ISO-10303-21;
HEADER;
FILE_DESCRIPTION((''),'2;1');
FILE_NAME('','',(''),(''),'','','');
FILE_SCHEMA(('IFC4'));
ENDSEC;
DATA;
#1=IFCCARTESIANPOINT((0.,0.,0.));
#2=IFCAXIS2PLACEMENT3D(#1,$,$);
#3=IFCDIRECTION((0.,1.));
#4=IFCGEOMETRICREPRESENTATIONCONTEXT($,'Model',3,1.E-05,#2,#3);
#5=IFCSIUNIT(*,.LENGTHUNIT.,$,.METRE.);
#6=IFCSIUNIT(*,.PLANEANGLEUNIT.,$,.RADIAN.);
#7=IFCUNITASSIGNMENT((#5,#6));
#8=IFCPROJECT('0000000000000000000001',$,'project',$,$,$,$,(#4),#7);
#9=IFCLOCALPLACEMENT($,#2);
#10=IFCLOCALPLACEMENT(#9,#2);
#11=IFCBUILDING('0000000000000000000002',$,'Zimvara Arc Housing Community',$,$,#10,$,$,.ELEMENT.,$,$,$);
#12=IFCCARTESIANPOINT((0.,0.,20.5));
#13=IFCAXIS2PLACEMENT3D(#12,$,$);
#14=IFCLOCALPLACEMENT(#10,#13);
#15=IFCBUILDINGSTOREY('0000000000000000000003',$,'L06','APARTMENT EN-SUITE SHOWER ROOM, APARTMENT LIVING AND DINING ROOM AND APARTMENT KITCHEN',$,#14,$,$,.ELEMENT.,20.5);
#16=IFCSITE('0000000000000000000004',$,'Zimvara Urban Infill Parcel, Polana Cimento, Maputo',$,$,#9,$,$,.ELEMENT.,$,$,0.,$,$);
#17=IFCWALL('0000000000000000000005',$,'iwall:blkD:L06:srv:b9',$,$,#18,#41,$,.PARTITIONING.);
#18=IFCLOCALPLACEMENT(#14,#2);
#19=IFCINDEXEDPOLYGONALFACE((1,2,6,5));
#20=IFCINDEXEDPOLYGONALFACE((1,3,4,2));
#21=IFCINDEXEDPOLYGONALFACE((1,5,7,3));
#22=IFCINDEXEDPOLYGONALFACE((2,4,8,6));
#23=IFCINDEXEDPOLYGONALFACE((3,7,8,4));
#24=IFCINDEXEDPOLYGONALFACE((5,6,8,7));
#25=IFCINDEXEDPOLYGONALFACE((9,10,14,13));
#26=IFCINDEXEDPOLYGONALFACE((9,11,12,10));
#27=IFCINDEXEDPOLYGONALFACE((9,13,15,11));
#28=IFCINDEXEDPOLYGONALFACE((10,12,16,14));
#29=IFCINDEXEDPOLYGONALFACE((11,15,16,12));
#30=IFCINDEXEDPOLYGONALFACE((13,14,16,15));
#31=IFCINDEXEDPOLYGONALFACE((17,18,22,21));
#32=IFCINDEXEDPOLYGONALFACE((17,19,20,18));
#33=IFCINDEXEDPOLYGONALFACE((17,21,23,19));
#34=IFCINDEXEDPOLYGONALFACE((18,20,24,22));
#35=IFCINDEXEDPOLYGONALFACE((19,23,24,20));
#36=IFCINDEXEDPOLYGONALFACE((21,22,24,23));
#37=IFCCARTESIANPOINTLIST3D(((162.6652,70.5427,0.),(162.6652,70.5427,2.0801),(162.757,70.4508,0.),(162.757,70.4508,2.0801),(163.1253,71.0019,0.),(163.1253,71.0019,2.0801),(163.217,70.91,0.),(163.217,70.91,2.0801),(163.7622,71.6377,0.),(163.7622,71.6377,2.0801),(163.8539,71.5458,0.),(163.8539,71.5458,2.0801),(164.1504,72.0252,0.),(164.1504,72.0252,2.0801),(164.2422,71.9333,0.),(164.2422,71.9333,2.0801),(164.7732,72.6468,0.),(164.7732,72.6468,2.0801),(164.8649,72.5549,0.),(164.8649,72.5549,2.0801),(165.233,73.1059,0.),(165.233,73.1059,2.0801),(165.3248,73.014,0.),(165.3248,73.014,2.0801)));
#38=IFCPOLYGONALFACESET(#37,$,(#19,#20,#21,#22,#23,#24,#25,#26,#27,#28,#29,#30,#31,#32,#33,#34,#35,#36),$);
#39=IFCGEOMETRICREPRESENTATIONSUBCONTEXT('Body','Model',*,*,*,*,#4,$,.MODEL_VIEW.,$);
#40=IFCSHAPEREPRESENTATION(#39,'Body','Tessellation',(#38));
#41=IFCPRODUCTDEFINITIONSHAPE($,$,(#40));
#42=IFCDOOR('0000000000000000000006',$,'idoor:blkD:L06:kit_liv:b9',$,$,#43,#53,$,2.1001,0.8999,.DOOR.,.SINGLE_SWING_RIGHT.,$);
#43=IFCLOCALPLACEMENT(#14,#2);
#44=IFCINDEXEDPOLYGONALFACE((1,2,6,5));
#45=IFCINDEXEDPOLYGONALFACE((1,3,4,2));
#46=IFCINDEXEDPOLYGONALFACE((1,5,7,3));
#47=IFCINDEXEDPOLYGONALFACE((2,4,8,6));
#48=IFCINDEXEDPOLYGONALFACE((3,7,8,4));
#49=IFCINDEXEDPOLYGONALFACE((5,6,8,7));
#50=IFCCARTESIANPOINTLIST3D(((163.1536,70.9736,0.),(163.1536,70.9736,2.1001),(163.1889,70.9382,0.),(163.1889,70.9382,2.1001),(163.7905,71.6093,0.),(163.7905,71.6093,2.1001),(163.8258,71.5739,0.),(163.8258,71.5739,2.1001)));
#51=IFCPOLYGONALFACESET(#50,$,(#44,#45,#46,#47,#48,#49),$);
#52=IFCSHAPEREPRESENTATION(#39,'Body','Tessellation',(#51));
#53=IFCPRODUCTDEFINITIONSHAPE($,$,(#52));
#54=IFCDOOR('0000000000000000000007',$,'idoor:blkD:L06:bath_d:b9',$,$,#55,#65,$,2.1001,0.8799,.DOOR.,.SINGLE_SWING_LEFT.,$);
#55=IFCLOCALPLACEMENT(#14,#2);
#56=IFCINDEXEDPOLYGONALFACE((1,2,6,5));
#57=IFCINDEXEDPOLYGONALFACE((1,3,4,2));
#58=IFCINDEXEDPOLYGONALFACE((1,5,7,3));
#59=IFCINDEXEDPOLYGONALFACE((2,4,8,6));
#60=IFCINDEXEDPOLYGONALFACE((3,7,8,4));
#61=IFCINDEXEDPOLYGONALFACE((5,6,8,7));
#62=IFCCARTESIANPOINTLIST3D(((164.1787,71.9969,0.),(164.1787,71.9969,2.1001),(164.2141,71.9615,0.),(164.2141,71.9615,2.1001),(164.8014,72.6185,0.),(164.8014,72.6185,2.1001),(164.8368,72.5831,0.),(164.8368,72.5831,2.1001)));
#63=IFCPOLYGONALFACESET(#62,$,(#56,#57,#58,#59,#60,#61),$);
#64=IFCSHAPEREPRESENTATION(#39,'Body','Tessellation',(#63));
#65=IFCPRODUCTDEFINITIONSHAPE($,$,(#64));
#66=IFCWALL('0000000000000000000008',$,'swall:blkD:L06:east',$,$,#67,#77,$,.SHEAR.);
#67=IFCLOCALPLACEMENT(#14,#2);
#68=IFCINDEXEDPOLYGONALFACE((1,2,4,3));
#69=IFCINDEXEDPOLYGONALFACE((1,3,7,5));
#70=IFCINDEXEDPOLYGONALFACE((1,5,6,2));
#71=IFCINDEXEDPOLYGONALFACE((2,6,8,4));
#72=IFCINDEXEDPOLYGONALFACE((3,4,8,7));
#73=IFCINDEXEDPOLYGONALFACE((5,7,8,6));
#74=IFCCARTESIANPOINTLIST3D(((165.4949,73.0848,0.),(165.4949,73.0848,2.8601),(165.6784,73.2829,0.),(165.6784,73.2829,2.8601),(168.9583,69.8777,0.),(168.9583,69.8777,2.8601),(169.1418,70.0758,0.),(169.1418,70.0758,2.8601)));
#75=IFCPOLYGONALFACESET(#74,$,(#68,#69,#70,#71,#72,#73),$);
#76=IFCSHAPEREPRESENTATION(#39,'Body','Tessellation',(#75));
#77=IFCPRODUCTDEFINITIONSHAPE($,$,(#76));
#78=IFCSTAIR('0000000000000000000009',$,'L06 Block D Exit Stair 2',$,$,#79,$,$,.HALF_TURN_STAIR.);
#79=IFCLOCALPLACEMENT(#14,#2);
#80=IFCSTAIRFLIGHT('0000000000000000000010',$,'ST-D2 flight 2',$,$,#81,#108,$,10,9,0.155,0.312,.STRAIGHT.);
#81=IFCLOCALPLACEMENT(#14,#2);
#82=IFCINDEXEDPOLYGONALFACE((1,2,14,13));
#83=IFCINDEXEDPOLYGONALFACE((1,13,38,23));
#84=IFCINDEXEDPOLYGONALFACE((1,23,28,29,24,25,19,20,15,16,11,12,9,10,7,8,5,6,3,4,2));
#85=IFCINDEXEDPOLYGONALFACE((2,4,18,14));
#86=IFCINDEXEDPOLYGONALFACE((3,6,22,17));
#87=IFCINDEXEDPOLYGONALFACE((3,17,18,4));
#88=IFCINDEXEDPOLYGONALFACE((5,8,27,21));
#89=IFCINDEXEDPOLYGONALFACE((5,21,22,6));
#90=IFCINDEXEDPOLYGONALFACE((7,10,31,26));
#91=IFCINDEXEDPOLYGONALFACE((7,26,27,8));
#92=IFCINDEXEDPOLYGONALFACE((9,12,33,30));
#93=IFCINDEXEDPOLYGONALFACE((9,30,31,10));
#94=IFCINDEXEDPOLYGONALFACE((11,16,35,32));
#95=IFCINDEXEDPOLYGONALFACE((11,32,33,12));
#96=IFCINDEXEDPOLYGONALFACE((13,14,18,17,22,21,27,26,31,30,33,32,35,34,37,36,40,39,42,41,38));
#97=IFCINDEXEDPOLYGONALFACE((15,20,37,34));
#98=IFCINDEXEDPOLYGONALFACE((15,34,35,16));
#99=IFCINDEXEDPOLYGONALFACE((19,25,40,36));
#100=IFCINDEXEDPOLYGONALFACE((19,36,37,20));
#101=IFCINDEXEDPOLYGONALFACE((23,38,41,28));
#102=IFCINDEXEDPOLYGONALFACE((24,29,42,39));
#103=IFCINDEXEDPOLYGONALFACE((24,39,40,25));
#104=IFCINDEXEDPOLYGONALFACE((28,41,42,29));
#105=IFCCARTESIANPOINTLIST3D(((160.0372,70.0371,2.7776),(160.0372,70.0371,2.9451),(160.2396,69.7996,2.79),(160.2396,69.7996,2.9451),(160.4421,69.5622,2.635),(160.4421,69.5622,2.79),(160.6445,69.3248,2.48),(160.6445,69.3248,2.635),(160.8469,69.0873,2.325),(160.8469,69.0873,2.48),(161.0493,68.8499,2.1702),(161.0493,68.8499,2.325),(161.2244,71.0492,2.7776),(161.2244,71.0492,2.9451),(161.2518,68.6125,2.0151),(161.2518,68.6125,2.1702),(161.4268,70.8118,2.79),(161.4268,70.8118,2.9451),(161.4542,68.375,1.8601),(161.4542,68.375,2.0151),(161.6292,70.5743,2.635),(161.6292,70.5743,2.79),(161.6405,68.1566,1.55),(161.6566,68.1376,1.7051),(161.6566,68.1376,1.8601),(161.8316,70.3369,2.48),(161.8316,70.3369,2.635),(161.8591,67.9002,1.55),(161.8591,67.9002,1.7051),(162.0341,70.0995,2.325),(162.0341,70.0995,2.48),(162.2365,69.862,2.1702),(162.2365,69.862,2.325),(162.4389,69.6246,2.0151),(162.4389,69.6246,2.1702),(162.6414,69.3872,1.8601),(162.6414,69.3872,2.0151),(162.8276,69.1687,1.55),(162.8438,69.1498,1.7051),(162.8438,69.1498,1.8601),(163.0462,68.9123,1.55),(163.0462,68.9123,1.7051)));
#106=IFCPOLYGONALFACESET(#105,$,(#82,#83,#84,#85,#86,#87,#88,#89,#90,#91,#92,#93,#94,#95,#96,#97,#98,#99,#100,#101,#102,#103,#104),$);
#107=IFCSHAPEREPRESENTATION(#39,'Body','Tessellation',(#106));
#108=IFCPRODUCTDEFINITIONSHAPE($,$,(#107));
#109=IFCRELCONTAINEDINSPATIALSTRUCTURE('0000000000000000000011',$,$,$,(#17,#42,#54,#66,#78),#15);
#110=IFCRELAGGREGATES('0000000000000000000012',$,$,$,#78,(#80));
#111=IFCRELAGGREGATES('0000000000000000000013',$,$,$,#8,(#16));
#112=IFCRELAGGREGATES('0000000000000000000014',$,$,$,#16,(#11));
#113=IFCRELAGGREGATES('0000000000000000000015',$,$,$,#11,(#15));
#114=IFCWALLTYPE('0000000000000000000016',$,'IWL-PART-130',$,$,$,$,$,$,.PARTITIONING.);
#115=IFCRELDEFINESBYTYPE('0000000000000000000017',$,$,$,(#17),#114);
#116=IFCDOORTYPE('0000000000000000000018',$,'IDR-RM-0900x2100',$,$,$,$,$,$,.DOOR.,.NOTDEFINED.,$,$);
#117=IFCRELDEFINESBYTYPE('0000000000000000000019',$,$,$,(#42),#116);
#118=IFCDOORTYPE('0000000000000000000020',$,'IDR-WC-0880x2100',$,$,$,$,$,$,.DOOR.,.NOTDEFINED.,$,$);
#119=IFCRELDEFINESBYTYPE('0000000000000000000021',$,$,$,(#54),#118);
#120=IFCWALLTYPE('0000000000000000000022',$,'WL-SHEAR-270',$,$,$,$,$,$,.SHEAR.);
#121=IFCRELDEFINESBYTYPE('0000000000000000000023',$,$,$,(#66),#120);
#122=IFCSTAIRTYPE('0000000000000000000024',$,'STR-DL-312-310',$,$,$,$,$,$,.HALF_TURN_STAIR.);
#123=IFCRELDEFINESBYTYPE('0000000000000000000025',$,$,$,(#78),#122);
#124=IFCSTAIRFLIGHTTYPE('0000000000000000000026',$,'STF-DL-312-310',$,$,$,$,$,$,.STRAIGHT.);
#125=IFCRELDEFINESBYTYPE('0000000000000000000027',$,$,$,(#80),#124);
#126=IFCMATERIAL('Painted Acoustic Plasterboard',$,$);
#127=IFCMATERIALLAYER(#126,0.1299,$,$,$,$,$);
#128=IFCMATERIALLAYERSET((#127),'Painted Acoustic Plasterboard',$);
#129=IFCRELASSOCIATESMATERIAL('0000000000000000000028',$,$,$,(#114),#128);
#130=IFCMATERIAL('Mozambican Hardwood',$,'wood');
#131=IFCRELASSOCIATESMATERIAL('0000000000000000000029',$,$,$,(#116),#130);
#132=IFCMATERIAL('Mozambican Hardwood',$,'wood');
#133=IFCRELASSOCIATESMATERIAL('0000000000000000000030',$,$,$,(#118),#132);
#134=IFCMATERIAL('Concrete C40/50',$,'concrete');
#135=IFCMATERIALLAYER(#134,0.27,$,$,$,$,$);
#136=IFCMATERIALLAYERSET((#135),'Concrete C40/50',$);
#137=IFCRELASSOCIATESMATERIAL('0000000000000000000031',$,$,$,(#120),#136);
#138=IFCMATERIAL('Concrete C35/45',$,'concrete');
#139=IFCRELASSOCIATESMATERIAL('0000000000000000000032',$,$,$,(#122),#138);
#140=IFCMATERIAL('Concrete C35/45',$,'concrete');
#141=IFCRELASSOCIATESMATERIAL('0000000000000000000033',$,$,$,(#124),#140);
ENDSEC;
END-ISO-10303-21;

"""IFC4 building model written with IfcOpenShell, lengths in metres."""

from ifc_helpers import new_model, si_unit, direction, frame, frame_2d, origin, place, context, subcontext, project, spatial, polyline, rectangle, outline, extrude, material, layer, layer_set, type_object, element, fill, aggregate, save


model = new_model("IFC4")

# Units and contexts
model_context = context("Model", 3, precision=1e-05, world=origin(), true_north=direction((0.0, 1.0)))
body_context = subcontext(model_context, "Body", "Model", "MODEL_VIEW")
ifc_project = project(units=[si_unit("LENGTHUNIT", "METRE"), si_unit("PLANEANGLEUNIT", "RADIAN")], contexts=[model_context])

# Site, building, storey
site_placement = place(None, origin())
site = spatial("IfcSite", under=ifc_project, at=site_placement, Name="Zimvara Urban Infill Parcel, Polana Cimento, Maputo", CompositionType="ELEMENT", RefElevation=0.0)
building_placement = place(site_placement, origin())
building = spatial("IfcBuilding", under=site, at=building_placement, Name="Zimvara Arc Housing Community", CompositionType="ELEMENT")
storey_placement = place(building_placement, frame((0.0, 0.0, 20.5)))
storey = spatial("IfcBuildingStorey", under=building, at=storey_placement, Name="L06", Description="APARTMENT EN-SUITE SHOWER ROOM, APARTMENT LIVING AND DINING ROOM AND APARTMENT KITCHEN", CompositionType="ELEMENT", Elevation=20.5)

# Wall, openings, doors
ifc_material_1 = material(Name="Painted Acoustic Plasterboard")
ifc_layer_1 = layer(ifc_material_1, 0.1299)
ifc_layer_set_1 = layer_set([ifc_layer_1], Name="Painted Acoustic Plasterboard")
wall_type_1 = type_object("IfcWallType", Name="IWL-PART-130", PredefinedType="PARTITIONING", material=ifc_layer_set_1)
wall_1_placement = place(storey_placement, frame((162.7112, 70.4968, 0.0), z_axis=(0.0, 0.0, 1.0), x_axis=(0.707746, 0.706467, 0.0)))
wall_1 = element("IfcWall", 1, at=wall_1_placement, inside=storey, type_object=wall_type_1, Name="iwall:blkD:L06:srv:b9", PredefinedType="PARTITIONING", context=body_context, shape_type="SweptSolid", body=[
    extrude(rectangle(XDim=3.6282, YDim=0.1299, at=frame_2d((1.814, 0.0))), origin(), (0.0, 0.0, 1.0), 2.0801),
])
opening_1_placement = place(wall_1_placement, frame((0.6499, 0.0, 0.0)))
opening_1 = element("IfcOpeningElement", 2, at=opening_1_placement, cuts=wall_1, PredefinedType="OPENING", context=body_context, shape_type="SweptSolid", body=[
    extrude(rectangle(XDim=0.8999, YDim=2.1001, at=frame_2d((0.45, 1.05))), frame((0.0, 0.075, 0.0), z_axis=(0.0, -1.0, 0.0), x_axis=(1.0, 0.0, 0.0)), (0.0, 0.0, 1.0), 0.1499),
])
opening_2_placement = place(wall_1_placement, frame((2.0984, 0.0, 0.0)))
opening_2 = element("IfcOpeningElement", 3, at=opening_2_placement, cuts=wall_1, PredefinedType="OPENING", context=body_context, shape_type="SweptSolid", body=[
    extrude(rectangle(XDim=0.8799, YDim=2.1001, at=frame_2d((0.4399, 1.05))), frame((0.0, 0.075, 0.0), z_axis=(0.0, -1.0, 0.0), x_axis=(1.0, 0.0, 0.0)), (0.0, 0.0, 1.0), 0.1499),
])
ifc_material_2 = material(Name="Mozambican Hardwood", Category="wood")
door_type_1 = type_object("IfcDoorType", Name="IDR-RM-0900x2100", OperationType="NOTDEFINED", PredefinedType="DOOR", material=ifc_material_2)
door_1_placement = place(opening_1_placement, origin())
door_1 = element("IfcDoor", 4, at=door_1_placement, inside=storey, type_object=door_type_1, Name="idoor:blkD:L06:kit_liv:b9", OperationType="SINGLE_SWING_RIGHT", OverallHeight=2.1001, OverallWidth=0.8999, PredefinedType="DOOR", context=body_context, shape_type="SweptSolid", body=[
    extrude(rectangle(XDim=0.8999, YDim=2.1001, at=frame_2d((0.45, 1.05))), frame((0.0, 0.0249, 0.0), z_axis=(0.0, -1.0, 0.0), x_axis=(1.0, 0.0, 0.0)), (0.0, 0.0, 1.0), 0.05),
])
fill(opening_1, door_1)
ifc_material_3 = material(Name="Mozambican Hardwood", Category="wood")
door_type_2 = type_object("IfcDoorType", Name="IDR-WC-0880x2100", OperationType="NOTDEFINED", PredefinedType="DOOR", material=ifc_material_3)
door_2_placement = place(opening_2_placement, origin())
door_2 = element("IfcDoor", 5, at=door_2_placement, inside=storey, type_object=door_type_2, Name="idoor:blkD:L06:bath_d:b9", OperationType="SINGLE_SWING_LEFT", OverallHeight=2.1001, OverallWidth=0.8799, PredefinedType="DOOR", context=body_context, shape_type="SweptSolid", body=[
    extrude(rectangle(XDim=0.8799, YDim=2.1001, at=frame_2d((0.4399, 1.05))), frame((0.0, 0.0249, 0.0), z_axis=(0.0, -1.0, 0.0), x_axis=(1.0, 0.0, 0.0)), (0.0, 0.0, 1.0), 0.05),
])
fill(opening_2, door_2)

# Wall
ifc_material_4 = material(Name="Concrete C40/50", Category="concrete")
ifc_layer_2 = layer(ifc_material_4, 0.27)
ifc_layer_set_2 = layer_set([ifc_layer_2], Name="Concrete C40/50")
wall_type_2 = type_object("IfcWallType", Name="WL-SHEAR-270", PredefinedType="SHEAR", material=ifc_layer_set_2)
wall_2_placement = place(storey_placement, frame((165.5867, 73.1838, 0.0), z_axis=(0.0, 0.0, 1.0), x_axis=(0.73374, -0.679431, 0.0)))
element("IfcWall", 6, at=wall_2_placement, inside=storey, type_object=wall_type_2, Name="swall:blkD:L06:east", PredefinedType="SHEAR", context=body_context, shape_type="SweptSolid", body=[
    extrude(rectangle(XDim=4.7202, YDim=0.27, at=frame_2d((2.3601, 0.0))), origin(), (0.0, 0.0, 1.0), 2.8601),
])

# Stair, stair flight
ifc_material_5 = material(Name="Concrete C35/45", Category="concrete")
stair_type = type_object("IfcStairType", Name="STR-DL-312-310", PredefinedType="HALF_TURN_STAIR", material=ifc_material_5)
stair_placement = place(storey_placement, origin())
stair = element("IfcStair", 7, at=stair_placement, inside=storey, type_object=stair_type, Name="L06 Block D Exit Stair 2", PredefinedType="HALF_TURN_STAIR")
ifc_material_6 = material(Name="Concrete C35/45", Category="concrete")
stair_flight_type = type_object("IfcStairFlightType", Name="STF-DL-312-310", PredefinedType="STRAIGHT", material=ifc_material_6)
stair_flight_placement = place(storey_placement, frame((162.4526, 68.4062, 1.55), z_axis=(0.0, 0.0, 1.0), x_axis=(-0.648784, 0.760972, 0.0)))
stair_flight = element("IfcStairFlight", 8, at=stair_flight_placement, type_object=stair_flight_type, Name="ST-D2 flight 2", NumberOfRisers=10, NumberOfTreads=9, PredefinedType="STRAIGHT", RiserHeight=0.155, TreadLength=0.312, context=body_context, shape_type="SweptSolid", body=[
    extrude(outline(polyline([(0.0, 0.0), (0.0, 0.155), (0.312, 0.155), (0.312, 0.3101), (0.624, 0.3101), (0.624, 0.4651), (0.936, 0.4651), (0.936, 0.6201), (1.248, 0.6201), (1.248, 0.7749), (1.5601, 0.7749), (1.5601, 0.9299), (1.8721, 0.9299), (1.8721, 1.085), (2.1841, 1.085), (2.1841, 1.24), (2.4961, 1.24), (2.4961, 1.395), (2.8081, 1.395), (2.8081, 1.55), (2.8081, 1.2275), (0.3369, 0.0), (0.0, 0.0)])), frame((0.0, 0.78, 0.0), z_axis=(0.0, -1.0, 0.0), x_axis=(1.0, 0.0, 0.0)), (0.0, 0.0, 1.0), 1.5601),
])
aggregate(stair, [stair_flight])

save(model, "model.ifc")
